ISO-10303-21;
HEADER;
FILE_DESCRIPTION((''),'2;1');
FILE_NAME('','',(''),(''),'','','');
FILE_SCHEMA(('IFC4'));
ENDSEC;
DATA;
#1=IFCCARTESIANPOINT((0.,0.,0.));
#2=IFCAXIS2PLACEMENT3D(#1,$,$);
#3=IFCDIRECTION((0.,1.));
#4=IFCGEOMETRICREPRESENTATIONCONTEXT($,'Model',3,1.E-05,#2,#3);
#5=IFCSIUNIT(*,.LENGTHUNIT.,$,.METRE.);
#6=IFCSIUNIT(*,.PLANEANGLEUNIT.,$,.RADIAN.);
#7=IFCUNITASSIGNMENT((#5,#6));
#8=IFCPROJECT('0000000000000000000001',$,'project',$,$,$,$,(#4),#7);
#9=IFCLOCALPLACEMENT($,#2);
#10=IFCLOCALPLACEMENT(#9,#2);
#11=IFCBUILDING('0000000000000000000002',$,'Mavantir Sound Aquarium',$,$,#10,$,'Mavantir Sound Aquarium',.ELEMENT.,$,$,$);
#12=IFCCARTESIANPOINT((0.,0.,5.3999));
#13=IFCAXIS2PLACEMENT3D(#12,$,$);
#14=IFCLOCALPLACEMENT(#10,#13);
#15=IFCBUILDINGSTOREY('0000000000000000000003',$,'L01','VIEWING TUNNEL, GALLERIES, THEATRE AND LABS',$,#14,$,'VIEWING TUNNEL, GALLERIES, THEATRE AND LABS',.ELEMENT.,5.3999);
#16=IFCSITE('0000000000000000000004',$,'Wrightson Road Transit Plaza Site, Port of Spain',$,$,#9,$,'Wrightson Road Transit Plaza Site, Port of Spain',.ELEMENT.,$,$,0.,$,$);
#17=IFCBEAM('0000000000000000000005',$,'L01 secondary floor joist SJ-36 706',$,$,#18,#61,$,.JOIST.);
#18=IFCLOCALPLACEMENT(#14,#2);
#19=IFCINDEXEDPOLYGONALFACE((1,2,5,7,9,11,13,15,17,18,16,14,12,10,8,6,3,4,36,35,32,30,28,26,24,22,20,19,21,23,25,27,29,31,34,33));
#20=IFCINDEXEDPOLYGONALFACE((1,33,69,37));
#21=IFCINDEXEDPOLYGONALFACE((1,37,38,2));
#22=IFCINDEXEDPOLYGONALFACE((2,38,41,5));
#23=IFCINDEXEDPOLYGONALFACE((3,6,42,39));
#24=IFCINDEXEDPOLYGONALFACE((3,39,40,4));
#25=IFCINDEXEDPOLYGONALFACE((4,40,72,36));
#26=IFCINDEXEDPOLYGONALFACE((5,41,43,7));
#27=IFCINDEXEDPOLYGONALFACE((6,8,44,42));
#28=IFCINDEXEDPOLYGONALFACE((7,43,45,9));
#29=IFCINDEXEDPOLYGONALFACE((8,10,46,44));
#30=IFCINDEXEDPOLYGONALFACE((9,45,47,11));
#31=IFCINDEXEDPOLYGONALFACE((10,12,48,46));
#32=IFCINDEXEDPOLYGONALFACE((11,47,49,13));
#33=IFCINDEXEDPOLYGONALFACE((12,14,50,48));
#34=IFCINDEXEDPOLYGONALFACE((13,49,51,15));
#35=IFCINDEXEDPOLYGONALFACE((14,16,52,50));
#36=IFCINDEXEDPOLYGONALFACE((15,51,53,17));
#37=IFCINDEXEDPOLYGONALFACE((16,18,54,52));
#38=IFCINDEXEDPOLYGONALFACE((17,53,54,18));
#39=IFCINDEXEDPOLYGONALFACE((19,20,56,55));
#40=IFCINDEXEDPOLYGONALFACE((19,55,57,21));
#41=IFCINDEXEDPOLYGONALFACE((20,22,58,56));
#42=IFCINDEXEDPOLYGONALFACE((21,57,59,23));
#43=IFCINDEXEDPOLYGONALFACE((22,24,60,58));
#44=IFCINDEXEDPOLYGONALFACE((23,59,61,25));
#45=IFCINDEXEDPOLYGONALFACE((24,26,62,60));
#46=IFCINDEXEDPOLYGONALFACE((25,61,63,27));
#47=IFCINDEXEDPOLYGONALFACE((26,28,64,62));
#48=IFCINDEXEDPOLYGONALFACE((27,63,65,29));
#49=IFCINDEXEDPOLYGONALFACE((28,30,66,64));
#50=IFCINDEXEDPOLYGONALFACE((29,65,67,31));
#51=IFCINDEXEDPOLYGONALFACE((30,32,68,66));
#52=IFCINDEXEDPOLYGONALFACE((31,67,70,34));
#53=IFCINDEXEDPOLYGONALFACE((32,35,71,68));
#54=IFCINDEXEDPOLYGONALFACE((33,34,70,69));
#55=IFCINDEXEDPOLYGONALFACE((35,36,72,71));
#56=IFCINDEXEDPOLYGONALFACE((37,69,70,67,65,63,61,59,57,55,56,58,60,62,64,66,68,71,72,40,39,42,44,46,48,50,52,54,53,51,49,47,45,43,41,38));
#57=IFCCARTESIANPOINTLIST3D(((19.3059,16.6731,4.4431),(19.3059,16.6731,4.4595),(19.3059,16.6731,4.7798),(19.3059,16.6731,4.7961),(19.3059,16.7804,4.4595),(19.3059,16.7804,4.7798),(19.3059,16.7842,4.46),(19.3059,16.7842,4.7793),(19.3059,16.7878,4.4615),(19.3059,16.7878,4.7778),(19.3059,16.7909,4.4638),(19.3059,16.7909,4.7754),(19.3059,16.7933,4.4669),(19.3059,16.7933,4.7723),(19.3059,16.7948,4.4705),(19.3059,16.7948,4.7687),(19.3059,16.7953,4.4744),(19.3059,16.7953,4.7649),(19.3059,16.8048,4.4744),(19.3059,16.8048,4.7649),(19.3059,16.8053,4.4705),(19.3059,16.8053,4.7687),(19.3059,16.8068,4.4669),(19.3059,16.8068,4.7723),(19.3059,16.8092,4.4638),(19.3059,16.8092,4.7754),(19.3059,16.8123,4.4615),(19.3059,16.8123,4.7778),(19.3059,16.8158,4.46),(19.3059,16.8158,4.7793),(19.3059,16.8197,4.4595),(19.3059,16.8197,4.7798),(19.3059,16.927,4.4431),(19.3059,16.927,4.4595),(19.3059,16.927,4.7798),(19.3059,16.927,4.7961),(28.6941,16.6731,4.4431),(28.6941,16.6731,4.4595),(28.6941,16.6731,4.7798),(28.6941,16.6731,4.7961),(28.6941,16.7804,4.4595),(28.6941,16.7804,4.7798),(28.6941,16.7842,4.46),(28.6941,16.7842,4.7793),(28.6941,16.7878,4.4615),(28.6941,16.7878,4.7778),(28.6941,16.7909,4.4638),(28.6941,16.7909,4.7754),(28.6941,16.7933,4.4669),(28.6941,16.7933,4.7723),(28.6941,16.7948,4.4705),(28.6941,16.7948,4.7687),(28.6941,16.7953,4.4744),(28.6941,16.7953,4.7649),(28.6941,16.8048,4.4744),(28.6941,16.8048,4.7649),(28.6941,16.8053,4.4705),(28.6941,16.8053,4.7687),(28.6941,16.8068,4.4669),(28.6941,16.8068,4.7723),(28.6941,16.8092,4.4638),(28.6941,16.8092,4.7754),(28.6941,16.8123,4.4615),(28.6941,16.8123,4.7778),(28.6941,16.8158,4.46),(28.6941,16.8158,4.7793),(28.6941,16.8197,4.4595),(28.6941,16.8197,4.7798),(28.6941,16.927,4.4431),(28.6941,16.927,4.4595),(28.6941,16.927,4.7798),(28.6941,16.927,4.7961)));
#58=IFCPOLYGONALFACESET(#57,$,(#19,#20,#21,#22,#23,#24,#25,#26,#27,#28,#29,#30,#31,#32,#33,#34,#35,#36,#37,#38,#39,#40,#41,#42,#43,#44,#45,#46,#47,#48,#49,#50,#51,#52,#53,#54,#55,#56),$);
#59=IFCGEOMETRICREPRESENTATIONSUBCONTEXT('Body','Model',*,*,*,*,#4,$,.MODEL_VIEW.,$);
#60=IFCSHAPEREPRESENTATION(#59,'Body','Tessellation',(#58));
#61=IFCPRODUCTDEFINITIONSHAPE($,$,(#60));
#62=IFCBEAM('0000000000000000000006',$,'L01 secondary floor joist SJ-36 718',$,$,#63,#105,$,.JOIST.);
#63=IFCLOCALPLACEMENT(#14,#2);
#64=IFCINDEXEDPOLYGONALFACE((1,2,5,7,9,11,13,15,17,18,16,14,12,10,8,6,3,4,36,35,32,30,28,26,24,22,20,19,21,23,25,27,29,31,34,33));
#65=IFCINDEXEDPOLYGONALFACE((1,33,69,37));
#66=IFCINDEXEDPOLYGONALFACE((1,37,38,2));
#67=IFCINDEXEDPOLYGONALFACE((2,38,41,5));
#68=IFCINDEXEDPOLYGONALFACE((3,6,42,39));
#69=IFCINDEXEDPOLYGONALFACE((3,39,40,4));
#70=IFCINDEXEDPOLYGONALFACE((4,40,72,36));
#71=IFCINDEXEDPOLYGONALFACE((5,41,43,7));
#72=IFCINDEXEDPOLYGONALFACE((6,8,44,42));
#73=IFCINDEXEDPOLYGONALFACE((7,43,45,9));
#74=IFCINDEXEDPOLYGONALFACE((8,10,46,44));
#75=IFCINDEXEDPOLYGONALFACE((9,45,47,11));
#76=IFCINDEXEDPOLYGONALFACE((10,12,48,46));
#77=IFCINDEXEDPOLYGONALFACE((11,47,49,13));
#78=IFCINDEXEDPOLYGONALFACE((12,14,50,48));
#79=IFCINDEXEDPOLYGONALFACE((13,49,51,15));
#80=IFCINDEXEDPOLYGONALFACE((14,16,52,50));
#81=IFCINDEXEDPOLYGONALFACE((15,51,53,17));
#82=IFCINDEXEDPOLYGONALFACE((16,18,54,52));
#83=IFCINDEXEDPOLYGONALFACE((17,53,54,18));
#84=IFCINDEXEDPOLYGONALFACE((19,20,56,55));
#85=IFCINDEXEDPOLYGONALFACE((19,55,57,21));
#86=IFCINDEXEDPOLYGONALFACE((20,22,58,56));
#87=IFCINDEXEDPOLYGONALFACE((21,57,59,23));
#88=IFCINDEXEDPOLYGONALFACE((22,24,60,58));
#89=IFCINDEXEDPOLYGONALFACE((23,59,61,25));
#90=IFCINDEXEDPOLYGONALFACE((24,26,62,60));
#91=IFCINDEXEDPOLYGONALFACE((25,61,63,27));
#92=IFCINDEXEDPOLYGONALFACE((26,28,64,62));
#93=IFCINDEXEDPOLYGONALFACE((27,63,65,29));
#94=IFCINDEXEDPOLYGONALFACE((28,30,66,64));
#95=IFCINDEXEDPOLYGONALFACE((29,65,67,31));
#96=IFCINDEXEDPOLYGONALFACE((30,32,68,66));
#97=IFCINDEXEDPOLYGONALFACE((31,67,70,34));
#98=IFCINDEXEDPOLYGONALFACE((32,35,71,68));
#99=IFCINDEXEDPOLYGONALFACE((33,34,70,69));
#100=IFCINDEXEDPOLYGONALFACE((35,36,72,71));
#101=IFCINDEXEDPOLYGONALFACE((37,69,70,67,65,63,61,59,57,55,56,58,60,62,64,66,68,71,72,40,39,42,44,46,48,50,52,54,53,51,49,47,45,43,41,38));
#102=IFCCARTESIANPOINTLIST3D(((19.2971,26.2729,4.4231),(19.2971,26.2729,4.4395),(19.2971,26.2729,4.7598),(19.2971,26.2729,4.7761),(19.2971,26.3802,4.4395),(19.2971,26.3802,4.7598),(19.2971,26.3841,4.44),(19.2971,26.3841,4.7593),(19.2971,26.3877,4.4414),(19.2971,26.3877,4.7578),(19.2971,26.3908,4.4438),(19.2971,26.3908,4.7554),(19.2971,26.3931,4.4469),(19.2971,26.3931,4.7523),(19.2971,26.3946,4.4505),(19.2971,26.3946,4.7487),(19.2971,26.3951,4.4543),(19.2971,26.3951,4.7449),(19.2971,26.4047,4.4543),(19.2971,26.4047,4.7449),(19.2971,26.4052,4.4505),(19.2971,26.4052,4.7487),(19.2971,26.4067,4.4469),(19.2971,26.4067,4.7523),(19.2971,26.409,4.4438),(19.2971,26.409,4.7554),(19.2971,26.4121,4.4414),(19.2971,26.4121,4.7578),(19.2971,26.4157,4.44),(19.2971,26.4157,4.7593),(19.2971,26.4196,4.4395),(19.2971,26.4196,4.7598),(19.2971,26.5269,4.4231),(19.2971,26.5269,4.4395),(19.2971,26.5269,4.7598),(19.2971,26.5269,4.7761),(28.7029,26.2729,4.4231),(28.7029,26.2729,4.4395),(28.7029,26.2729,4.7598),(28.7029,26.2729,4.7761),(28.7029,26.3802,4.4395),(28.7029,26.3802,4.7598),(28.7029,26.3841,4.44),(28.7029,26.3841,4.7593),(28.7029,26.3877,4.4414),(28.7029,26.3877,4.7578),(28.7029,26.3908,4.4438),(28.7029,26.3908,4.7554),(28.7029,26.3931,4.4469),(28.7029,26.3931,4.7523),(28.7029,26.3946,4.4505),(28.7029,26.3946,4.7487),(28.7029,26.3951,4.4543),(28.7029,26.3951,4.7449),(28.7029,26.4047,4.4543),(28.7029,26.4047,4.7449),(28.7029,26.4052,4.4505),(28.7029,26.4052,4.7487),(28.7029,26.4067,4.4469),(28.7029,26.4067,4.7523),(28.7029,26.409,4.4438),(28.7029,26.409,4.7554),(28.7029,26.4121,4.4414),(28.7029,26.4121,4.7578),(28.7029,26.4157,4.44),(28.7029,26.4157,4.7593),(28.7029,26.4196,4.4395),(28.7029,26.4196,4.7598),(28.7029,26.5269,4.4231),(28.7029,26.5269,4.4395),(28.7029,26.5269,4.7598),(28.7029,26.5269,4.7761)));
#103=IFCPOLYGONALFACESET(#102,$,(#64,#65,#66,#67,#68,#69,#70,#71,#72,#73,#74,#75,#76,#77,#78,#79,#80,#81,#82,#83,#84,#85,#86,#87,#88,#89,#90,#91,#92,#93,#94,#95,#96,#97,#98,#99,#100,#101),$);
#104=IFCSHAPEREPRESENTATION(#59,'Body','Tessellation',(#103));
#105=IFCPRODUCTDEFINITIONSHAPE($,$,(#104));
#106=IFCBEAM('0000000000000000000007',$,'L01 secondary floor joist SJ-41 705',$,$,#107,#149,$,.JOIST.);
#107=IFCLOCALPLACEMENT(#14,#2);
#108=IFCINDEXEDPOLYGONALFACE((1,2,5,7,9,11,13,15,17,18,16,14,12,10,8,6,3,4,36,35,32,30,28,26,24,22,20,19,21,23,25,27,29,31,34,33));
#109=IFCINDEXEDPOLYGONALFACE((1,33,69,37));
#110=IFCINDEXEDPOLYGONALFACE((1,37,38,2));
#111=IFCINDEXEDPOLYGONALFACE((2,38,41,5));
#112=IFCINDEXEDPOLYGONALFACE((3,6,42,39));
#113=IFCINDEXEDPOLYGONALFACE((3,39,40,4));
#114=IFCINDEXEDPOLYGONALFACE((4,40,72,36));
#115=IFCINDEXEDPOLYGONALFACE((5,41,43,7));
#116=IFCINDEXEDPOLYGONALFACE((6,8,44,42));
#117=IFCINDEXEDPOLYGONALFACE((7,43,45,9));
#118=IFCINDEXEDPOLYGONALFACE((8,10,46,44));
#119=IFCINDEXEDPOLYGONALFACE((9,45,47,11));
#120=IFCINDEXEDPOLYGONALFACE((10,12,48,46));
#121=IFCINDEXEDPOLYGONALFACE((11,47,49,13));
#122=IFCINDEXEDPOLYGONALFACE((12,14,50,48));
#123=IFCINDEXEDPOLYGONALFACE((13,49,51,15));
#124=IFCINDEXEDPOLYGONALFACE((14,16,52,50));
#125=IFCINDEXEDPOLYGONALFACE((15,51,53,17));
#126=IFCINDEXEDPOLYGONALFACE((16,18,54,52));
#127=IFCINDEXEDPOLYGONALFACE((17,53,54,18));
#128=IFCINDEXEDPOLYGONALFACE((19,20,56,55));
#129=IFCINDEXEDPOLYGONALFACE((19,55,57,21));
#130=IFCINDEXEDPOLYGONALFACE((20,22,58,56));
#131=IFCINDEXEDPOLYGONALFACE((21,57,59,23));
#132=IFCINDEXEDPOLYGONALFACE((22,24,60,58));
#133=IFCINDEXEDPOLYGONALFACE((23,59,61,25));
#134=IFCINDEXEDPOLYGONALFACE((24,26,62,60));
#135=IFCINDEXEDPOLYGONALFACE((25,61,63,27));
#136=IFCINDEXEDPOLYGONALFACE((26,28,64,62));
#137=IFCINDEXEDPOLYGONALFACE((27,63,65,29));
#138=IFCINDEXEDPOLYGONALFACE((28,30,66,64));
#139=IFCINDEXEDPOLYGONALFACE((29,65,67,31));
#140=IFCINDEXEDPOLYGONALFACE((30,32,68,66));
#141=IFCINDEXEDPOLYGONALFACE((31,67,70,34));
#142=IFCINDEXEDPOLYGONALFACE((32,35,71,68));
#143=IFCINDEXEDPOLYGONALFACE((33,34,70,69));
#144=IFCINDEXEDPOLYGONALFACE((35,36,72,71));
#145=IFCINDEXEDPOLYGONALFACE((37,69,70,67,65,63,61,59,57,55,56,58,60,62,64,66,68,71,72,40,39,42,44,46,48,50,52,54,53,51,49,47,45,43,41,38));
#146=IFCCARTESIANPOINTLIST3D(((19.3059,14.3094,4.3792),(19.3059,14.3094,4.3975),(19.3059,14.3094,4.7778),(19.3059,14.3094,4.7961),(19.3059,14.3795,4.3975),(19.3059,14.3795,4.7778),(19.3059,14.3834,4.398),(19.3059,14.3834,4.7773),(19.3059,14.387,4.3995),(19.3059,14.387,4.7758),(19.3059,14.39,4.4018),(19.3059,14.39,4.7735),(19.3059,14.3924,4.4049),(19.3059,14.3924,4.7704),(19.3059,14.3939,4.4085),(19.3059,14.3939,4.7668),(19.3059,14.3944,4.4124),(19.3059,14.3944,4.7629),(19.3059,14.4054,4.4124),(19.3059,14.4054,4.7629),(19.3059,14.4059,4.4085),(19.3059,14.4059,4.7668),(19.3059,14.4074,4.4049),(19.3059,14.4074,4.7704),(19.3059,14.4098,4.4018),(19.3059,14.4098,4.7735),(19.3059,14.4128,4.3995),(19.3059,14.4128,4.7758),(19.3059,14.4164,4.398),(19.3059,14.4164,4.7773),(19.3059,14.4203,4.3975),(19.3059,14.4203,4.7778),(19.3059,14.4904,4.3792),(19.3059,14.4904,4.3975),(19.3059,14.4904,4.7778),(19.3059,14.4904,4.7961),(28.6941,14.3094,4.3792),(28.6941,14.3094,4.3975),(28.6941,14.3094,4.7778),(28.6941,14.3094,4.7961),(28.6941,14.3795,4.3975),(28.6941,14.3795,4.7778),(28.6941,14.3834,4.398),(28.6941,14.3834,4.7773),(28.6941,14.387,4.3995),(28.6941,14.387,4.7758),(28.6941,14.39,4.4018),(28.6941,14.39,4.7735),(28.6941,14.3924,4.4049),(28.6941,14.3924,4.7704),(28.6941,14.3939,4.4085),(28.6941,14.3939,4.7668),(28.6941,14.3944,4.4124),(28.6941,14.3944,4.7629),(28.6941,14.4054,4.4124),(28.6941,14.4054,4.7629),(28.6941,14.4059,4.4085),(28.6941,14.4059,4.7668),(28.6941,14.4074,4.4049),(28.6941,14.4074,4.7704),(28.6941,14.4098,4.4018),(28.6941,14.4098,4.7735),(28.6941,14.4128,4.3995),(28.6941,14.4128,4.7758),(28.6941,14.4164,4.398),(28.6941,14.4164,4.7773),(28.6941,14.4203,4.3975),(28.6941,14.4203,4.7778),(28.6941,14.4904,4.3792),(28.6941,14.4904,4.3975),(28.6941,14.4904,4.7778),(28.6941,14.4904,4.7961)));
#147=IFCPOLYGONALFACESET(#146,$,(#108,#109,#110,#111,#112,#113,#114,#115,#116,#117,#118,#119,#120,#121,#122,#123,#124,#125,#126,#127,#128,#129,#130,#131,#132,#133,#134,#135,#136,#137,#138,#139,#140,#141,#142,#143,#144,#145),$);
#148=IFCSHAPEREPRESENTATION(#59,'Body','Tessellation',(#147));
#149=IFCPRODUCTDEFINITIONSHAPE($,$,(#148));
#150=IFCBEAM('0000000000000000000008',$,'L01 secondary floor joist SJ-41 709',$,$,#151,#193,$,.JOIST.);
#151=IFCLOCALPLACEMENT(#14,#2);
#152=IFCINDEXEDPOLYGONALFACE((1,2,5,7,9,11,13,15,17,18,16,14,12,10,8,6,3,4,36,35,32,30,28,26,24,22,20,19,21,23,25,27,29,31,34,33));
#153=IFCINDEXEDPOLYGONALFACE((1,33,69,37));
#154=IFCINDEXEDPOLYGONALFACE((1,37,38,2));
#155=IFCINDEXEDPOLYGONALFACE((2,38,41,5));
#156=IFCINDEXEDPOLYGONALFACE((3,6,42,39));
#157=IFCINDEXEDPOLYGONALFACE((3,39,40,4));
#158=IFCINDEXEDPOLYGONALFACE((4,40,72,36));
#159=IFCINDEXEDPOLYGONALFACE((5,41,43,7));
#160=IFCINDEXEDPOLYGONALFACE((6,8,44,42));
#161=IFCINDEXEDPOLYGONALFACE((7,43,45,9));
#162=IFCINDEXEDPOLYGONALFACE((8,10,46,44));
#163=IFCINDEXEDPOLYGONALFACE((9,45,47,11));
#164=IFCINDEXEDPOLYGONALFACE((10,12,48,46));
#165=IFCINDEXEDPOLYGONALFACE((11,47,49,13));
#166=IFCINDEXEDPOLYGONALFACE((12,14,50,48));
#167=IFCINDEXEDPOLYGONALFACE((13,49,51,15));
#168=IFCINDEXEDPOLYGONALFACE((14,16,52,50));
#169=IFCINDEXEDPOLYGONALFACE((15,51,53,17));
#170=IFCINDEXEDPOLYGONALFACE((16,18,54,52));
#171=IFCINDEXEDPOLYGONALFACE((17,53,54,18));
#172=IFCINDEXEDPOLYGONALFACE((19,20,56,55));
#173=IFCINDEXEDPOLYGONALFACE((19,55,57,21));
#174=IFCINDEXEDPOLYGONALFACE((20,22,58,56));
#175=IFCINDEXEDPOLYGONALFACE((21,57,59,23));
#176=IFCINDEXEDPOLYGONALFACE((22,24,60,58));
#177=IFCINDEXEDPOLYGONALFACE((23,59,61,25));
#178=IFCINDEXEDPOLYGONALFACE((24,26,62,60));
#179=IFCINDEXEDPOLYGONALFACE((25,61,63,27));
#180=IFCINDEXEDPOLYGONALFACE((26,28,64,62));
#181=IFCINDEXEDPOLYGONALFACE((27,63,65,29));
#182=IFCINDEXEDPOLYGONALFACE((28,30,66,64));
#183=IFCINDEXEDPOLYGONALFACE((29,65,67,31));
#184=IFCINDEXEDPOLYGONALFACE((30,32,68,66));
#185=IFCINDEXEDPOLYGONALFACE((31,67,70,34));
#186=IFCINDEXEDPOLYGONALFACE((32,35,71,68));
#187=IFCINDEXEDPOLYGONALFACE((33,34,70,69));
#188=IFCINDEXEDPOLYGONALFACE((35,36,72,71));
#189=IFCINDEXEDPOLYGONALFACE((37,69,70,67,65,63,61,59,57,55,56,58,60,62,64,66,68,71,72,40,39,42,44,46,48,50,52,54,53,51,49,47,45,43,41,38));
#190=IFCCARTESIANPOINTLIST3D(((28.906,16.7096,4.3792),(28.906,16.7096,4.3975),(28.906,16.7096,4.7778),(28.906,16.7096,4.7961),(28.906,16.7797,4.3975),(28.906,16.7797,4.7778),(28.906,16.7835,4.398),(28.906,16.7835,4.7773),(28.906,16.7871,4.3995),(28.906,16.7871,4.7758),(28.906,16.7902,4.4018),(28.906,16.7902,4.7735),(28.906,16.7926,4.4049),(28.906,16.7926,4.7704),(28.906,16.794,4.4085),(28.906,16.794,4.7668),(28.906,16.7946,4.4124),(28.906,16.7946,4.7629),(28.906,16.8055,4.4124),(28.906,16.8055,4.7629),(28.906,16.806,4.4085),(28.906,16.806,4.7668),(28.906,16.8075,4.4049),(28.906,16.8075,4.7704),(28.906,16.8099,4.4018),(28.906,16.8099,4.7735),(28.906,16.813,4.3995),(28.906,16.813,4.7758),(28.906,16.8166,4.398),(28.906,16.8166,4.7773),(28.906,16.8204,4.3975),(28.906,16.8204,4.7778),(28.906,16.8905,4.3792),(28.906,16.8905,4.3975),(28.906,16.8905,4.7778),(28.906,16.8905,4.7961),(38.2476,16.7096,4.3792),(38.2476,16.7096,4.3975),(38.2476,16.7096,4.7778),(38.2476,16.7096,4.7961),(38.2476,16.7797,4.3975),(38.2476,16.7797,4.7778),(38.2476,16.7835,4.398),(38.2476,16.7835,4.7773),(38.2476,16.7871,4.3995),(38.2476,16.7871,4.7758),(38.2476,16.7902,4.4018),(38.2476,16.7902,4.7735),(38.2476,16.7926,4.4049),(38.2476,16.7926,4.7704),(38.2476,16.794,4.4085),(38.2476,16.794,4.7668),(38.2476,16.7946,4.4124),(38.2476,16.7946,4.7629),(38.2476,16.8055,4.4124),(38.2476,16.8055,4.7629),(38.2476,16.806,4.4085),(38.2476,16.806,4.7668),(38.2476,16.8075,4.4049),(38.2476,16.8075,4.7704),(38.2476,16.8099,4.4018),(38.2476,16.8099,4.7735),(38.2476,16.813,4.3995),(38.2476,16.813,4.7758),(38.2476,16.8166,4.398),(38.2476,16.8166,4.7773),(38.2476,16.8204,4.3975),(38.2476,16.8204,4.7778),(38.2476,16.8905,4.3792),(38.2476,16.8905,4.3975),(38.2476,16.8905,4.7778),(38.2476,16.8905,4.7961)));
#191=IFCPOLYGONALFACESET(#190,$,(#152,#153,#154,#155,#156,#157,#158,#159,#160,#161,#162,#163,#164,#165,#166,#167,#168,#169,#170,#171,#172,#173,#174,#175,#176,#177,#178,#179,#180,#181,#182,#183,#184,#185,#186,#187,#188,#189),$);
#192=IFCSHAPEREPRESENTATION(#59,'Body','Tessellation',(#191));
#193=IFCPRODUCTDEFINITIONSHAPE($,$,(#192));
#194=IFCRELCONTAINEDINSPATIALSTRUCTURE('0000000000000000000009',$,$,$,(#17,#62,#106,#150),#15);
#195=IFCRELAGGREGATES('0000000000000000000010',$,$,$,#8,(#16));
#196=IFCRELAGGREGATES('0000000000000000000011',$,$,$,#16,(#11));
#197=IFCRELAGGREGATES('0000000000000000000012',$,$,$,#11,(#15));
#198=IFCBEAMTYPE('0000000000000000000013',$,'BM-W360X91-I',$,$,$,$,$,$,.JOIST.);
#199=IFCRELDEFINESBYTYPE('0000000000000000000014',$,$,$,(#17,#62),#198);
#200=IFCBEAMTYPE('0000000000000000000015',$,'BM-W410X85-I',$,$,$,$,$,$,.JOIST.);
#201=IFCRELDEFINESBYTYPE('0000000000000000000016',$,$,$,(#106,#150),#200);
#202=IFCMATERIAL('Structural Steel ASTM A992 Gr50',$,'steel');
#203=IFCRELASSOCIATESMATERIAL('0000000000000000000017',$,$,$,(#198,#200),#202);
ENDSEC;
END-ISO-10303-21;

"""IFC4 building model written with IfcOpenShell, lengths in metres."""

from ifc_helpers import new_model, si_unit, direction, frame, origin, origin_2d, place, context, subcontext, project, spatial, i_section, extrude, material, material_profile, profile_set, type_object, element, save


model = new_model("IFC4")

# Units and contexts
model_context = context("Model", 3, precision=1e-05, world=origin(), true_north=direction((0.0, 1.0)))
body_context = subcontext(model_context, "Body", "Model", "MODEL_VIEW")
ifc_project = project(units=[si_unit("LENGTHUNIT", "METRE"), si_unit("PLANEANGLEUNIT", "RADIAN")], contexts=[model_context])

# Site, building, storey
site_placement = place(None, origin())
site = spatial("IfcSite", under=ifc_project, at=site_placement, Name="Wrightson Road Transit Plaza Site, Port of Spain", LongName="Wrightson Road Transit Plaza Site, Port of Spain", CompositionType="ELEMENT", RefElevation=0.0)
building_placement = place(site_placement, origin())
building = spatial("IfcBuilding", under=site, at=building_placement, Name="Mavantir Sound Aquarium", LongName="Mavantir Sound Aquarium", CompositionType="ELEMENT")
storey_placement = place(building_placement, frame((0.0, 0.0, 5.3999)))
storey = spatial("IfcBuildingStorey", under=building, at=storey_placement, Name="L01", Description="VIEWING TUNNEL, GALLERIES, THEATRE AND LABS", LongName="VIEWING TUNNEL, GALLERIES, THEATRE AND LABS", CompositionType="ELEMENT", Elevation=5.3999)

# Beams
ifc_material_1 = material(Name="Structural Steel ASTM A992 Gr50", Category="steel")
ifc_material_profile_1 = material_profile(ifc_material_1, i_section(OverallWidth=0.2539, OverallDepth=0.353, WebThickness=0.0095, FlangeThickness=0.0164, FilletRadius=0.0149, at=origin_2d()), Name="W360X91")
ifc_profile_set_1 = profile_set([ifc_material_profile_1], Name="Structural Steel ASTM A992 Gr50")
beam_type_1 = type_object("IfcBeamType", Name="BM-W360X91-I", PredefinedType="JOIST", material=ifc_profile_set_1)
beam_1_placement = place(storey_placement, frame((19.3059, 16.8, 4.6196), z_axis=(1.0, 0.0, 0.0), x_axis=(0.0, 1.0, 0.0)))
element("IfcBeam", 1, at=beam_1_placement, inside=storey, type_object=beam_type_1, Name="L01 secondary floor joist SJ-36 706", PredefinedType="JOIST", context=body_context, shape_type="SweptSolid", body=[
    extrude(i_section(OverallWidth=0.2539, OverallDepth=0.353, WebThickness=0.0095, FlangeThickness=0.0164, FilletRadius=0.0149, at=origin_2d()), origin(), (0.0, 0.0, 1.0), 9.3882),
])
beam_2_placement = place(storey_placement, frame((19.2971, 26.3999, 4.5996), z_axis=(1.0, 0.0, 0.0), x_axis=(0.0, 1.0, 0.0)))
element("IfcBeam", 2, at=beam_2_placement, inside=storey, type_object=beam_type_1, Name="L01 secondary floor joist SJ-36 718", PredefinedType="JOIST", context=body_context, shape_type="SweptSolid", body=[
    extrude(i_section(OverallWidth=0.2539, OverallDepth=0.353, WebThickness=0.0095, FlangeThickness=0.0164, FilletRadius=0.0149, at=origin_2d()), origin(), (0.0, 0.0, 1.0), 9.4058),
])
ifc_material_profile_2 = material_profile(ifc_material_1, i_section(OverallWidth=0.1809, OverallDepth=0.417, WebThickness=0.011, FlangeThickness=0.0183, FilletRadius=0.0149, at=origin_2d()), Name="W410X85")
ifc_profile_set_2 = profile_set([ifc_material_profile_2], Name="Structural Steel ASTM A992 Gr50")
beam_type_2 = type_object("IfcBeamType", Name="BM-W410X85-I", PredefinedType="JOIST", material=ifc_profile_set_2)
beam_3_placement = place(storey_placement, frame((19.3059, 14.3999, 4.5876), z_axis=(1.0, 0.0, 0.0), x_axis=(0.0, 1.0, 0.0)))
element("IfcBeam", 3, at=beam_3_placement, inside=storey, type_object=beam_type_2, Name="L01 secondary floor joist SJ-41 705", PredefinedType="JOIST", context=body_context, shape_type="SweptSolid", body=[
    extrude(i_section(OverallWidth=0.1809, OverallDepth=0.417, WebThickness=0.011, FlangeThickness=0.0183, FilletRadius=0.0149, at=origin_2d()), origin(), (0.0, 0.0, 1.0), 9.3882),
])
beam_4_placement = place(storey_placement, frame((28.906, 16.8, 4.5876), z_axis=(1.0, 0.0, 0.0), x_axis=(0.0, 1.0, 0.0)))
element("IfcBeam", 4, at=beam_4_placement, inside=storey, type_object=beam_type_2, Name="L01 secondary floor joist SJ-41 709", PredefinedType="JOIST", context=body_context, shape_type="SweptSolid", body=[
    extrude(i_section(OverallWidth=0.1809, OverallDepth=0.417, WebThickness=0.011, FlangeThickness=0.0183, FilletRadius=0.0149, at=origin_2d()), origin(), (0.0, 0.0, 1.0), 9.3416),
])

save(model, "model.ifc")
